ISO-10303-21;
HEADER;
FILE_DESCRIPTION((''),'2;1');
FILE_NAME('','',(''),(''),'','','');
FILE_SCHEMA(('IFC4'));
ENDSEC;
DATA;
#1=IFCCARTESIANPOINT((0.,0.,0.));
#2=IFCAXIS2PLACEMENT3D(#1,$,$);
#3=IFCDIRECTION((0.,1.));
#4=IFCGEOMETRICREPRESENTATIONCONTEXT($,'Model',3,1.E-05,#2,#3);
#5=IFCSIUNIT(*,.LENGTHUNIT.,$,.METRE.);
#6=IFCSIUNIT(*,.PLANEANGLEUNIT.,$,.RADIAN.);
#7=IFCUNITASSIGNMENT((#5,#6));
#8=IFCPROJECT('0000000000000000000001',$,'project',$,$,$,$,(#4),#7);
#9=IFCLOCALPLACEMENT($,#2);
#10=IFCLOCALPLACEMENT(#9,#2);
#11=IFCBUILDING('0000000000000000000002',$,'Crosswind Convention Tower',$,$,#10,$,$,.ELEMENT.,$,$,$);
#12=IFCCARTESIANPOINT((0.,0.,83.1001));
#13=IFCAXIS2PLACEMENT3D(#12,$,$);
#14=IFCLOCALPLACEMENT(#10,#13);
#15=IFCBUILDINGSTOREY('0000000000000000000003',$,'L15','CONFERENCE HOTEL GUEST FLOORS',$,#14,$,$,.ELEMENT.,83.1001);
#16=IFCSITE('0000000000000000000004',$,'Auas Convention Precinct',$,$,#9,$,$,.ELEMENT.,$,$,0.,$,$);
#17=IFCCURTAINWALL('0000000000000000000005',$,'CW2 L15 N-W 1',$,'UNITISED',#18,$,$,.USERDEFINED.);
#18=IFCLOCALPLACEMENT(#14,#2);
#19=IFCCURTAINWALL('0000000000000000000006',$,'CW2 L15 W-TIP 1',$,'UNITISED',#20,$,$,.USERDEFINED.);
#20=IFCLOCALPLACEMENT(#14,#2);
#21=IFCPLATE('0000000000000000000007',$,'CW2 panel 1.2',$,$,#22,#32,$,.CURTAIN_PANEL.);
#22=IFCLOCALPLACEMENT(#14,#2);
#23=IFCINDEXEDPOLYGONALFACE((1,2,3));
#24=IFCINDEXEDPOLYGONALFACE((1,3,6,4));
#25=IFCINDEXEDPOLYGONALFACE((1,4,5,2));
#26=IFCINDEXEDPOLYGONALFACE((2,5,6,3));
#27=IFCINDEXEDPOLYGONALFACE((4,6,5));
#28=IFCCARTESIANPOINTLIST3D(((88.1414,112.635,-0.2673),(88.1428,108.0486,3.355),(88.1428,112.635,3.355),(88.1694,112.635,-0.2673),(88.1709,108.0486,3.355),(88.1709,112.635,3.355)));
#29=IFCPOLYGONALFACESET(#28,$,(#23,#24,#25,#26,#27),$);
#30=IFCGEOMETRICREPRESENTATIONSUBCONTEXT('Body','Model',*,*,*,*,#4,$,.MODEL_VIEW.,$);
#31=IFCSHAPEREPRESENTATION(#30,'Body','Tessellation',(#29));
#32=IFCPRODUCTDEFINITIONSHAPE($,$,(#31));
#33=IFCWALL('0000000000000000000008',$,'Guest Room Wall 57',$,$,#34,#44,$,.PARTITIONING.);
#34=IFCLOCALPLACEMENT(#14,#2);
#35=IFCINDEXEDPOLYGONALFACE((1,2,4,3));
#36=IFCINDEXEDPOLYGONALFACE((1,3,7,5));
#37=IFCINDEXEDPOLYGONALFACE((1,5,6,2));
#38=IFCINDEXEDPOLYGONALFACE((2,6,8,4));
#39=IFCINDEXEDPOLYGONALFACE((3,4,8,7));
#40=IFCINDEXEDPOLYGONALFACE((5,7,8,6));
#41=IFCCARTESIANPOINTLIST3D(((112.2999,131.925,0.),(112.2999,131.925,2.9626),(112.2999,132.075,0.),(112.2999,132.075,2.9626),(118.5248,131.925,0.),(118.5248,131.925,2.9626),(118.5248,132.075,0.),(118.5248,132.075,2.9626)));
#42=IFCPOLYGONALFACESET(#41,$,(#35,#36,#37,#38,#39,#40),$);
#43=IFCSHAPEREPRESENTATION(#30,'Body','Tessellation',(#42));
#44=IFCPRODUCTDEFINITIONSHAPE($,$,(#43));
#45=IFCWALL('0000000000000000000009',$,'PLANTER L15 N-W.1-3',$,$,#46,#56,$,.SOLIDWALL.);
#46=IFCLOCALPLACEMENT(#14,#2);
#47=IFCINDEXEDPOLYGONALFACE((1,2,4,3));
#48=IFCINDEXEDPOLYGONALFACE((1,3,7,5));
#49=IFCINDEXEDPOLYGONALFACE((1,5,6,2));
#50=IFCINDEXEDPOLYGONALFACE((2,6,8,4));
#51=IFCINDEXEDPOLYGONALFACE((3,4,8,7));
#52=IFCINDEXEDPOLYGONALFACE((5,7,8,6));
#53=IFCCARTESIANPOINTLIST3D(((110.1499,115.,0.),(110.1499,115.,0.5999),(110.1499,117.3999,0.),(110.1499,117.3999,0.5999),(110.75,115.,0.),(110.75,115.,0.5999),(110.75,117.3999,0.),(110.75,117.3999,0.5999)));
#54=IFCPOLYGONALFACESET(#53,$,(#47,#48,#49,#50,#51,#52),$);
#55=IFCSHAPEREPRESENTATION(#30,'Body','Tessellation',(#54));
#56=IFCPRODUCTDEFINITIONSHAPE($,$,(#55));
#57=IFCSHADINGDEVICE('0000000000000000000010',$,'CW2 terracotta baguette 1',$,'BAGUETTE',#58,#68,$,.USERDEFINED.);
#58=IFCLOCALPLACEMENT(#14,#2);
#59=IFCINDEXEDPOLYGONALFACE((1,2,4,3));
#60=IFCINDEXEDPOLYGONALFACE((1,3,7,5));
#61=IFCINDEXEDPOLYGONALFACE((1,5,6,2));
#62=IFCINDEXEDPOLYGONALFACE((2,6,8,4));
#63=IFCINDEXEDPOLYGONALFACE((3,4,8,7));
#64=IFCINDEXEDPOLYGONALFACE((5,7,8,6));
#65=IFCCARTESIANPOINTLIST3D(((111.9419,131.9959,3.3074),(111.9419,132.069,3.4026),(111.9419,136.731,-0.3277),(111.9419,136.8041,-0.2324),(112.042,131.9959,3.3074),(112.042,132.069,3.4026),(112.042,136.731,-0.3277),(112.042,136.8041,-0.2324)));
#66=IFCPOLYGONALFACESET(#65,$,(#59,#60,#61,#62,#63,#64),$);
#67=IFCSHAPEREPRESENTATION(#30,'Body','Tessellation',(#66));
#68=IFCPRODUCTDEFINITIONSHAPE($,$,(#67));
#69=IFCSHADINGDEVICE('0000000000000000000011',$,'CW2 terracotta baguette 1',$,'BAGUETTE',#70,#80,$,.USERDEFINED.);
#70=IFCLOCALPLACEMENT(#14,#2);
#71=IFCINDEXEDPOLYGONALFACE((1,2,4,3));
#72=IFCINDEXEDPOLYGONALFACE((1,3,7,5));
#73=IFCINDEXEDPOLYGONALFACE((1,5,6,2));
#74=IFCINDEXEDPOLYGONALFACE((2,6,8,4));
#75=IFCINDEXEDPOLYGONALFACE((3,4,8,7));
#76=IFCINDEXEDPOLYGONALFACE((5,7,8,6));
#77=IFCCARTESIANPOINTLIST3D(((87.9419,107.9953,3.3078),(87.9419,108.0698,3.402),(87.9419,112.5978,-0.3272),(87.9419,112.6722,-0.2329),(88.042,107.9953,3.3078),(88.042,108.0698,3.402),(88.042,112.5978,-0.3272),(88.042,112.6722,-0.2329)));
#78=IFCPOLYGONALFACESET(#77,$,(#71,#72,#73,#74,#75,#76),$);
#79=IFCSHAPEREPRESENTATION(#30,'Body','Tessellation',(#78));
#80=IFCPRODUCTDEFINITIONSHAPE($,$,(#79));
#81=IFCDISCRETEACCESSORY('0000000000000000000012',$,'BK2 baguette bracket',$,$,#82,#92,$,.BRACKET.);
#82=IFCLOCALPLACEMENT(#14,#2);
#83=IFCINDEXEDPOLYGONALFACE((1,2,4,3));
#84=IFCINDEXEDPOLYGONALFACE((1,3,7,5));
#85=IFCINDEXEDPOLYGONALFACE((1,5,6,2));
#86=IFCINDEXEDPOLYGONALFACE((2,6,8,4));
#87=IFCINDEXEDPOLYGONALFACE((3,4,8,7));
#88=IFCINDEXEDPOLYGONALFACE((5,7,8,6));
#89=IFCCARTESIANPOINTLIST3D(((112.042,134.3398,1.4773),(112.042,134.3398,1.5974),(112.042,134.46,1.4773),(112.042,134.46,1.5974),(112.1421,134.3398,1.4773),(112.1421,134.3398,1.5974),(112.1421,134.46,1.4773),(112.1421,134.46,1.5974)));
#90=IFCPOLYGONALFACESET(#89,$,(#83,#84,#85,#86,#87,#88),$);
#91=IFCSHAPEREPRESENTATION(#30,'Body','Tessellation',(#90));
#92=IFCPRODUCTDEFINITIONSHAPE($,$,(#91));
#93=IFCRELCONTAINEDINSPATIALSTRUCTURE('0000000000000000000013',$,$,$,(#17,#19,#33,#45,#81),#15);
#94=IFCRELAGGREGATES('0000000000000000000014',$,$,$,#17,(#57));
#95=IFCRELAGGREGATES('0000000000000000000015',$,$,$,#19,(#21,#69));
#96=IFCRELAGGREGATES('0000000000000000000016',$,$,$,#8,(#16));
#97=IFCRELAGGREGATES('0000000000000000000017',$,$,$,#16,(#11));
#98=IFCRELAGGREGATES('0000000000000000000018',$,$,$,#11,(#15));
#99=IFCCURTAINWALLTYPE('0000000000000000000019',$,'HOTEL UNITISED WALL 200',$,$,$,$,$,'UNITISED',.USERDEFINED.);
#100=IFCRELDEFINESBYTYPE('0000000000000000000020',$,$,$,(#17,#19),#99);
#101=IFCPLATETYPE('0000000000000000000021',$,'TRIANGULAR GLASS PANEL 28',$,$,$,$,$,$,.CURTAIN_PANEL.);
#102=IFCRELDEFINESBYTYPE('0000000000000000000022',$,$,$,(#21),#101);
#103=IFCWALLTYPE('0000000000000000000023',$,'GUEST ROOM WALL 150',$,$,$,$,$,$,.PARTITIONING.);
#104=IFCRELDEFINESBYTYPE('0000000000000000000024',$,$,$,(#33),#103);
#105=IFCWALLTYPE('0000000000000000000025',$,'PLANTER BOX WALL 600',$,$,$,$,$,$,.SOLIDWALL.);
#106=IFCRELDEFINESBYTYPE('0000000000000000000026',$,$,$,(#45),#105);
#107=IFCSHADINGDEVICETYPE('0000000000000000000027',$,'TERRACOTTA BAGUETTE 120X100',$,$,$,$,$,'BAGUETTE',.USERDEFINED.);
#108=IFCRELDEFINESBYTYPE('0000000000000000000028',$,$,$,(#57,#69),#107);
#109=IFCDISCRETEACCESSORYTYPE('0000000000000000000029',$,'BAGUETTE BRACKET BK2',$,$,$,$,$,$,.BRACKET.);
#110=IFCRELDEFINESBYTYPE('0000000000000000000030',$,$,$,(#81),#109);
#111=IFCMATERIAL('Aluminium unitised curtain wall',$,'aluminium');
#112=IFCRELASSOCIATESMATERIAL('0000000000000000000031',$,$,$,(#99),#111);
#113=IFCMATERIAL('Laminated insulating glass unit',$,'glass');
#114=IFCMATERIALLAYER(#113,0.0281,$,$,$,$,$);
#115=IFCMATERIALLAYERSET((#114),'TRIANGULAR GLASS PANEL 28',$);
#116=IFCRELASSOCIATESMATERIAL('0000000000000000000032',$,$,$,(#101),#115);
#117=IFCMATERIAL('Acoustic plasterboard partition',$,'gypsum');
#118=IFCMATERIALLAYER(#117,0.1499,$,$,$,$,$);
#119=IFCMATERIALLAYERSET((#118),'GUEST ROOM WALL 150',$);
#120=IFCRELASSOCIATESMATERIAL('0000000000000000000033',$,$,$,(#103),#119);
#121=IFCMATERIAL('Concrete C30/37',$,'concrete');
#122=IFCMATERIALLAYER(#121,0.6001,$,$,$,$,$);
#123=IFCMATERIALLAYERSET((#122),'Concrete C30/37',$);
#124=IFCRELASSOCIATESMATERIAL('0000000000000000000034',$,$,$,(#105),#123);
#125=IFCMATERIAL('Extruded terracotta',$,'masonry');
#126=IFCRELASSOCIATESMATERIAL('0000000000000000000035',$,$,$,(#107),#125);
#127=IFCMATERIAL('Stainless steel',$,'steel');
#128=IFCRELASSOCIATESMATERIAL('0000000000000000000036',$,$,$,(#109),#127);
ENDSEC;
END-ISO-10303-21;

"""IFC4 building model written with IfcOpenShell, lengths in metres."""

from ifc_helpers import new_model, si_unit, direction, frame, frame_2d, origin, origin_2d, place, context, subcontext, project, spatial, polyline, rectangle, outline, extrude, material, layer, layer_set, material_profile, profile_set, type_object, element, aggregate, save


model = new_model("IFC4")

# Units and contexts
model_context = context("Model", 3, precision=1e-05, world=origin(), true_north=direction((0.0, 1.0)))
body_context = subcontext(model_context, "Body", "Model", "MODEL_VIEW")
ifc_project = project(units=[si_unit("LENGTHUNIT", "METRE"), si_unit("PLANEANGLEUNIT", "RADIAN")], contexts=[model_context])

# Site, building, storey
site_placement = place(None, origin())
site = spatial("IfcSite", under=ifc_project, at=site_placement, Name="Auas Convention Precinct", CompositionType="ELEMENT", RefElevation=0.0)
building_placement = place(site_placement, origin())
building = spatial("IfcBuilding", under=site, at=building_placement, Name="Crosswind Convention Tower", CompositionType="ELEMENT")
storey_placement = place(building_placement, frame((0.0, 0.0, 83.1001)))
storey = spatial("IfcBuildingStorey", under=building, at=storey_placement, Name="L15", Description="CONFERENCE HOTEL GUEST FLOORS", CompositionType="ELEMENT", Elevation=83.1001)

# Shared definitions
ifc_material_1 = material(Name="Aluminium unitised curtain wall", Category="aluminium")

# Shared definitions
curtain_wall_type_1 = type_object("IfcCurtainWallType", Name="HOTEL UNITISED WALL 200", ElementType="UNITISED", PredefinedType="USERDEFINED", material=ifc_material_1)

# Curtain wall
curtain_wall_1_placement = place(storey_placement, origin())
curtain_wall_1 = element("IfcCurtainWall", 1, at=curtain_wall_1_placement, inside=storey, type_object=curtain_wall_type_1, Name="CW2 L15 N-W 1", ObjectType="UNITISED", PredefinedType="USERDEFINED")

# Curtain wall
curtain_wall_2_placement = place(storey_placement, origin())
curtain_wall_2 = element("IfcCurtainWall", 2, at=curtain_wall_2_placement, inside=storey, type_object=curtain_wall_type_1, Name="CW2 L15 W-TIP 1", ObjectType="UNITISED", PredefinedType="USERDEFINED")

# Plate
ifc_material_2 = material(Name="Laminated insulating glass unit", Category="glass")
ifc_layer_1 = layer(ifc_material_2, 0.0281)
ifc_layer_set_1 = layer_set([ifc_layer_1], Name="TRIANGULAR GLASS PANEL 28")
plate_type_1 = type_object("IfcPlateType", Name="TRIANGULAR GLASS PANEL 28", PredefinedType="CURTAIN_PANEL", material=ifc_layer_set_1)
plate_1_placement = place(storey_placement, frame((88.1428, 112.635, 3.355), z_axis=(-1.0, 0.0, 0.000404), x_axis=(-0.000404, 0.0, -1.0)))
plate_1 = element("IfcPlate", 3, at=plate_1_placement, type_object=plate_type_1, Name="CW2 panel 1.2", PredefinedType="CURTAIN_PANEL", context=body_context, shape_type="SweptSolid", body=[
    extrude(outline(polyline([(0.0, 0.0), (3.6223, 0.0), (0.0, 4.5864), (0.0, 0.0)])), origin(), (0.0, 0.0, -1.0), 0.0281),
])

# Walls
ifc_material_3 = material(Name="Acoustic plasterboard partition", Category="gypsum")
ifc_layer_2 = layer(ifc_material_3, 0.1499)
ifc_layer_set_2 = layer_set([ifc_layer_2], Name="GUEST ROOM WALL 150")
wall_type_1 = type_object("IfcWallType", Name="GUEST ROOM WALL 150", PredefinedType="PARTITIONING", material=ifc_layer_set_2)
wall_1_placement = place(storey_placement, frame((112.3, 132.0, 0.0), z_axis=(0.0, 0.0, 1.0), x_axis=(1.0, 0.0, 0.0)))
element("IfcWall", 4, at=wall_1_placement, inside=storey, type_object=wall_type_1, Name="Guest Room Wall 57", PredefinedType="PARTITIONING", context=body_context, shape_type="SweptSolid", body=[
    extrude(rectangle(XDim=6.2249, YDim=0.1499, at=frame_2d((3.1123, 0.0))), origin(), (0.0, 0.0, 1.0), 2.9626),
])
ifc_material_4 = material(Name="Concrete C30/37", Category="concrete")
ifc_layer_3 = layer(ifc_material_4, 0.6001)
ifc_layer_set_3 = layer_set([ifc_layer_3], Name="Concrete C30/37")
wall_type_2 = type_object("IfcWallType", Name="PLANTER BOX WALL 600", PredefinedType="SOLIDWALL", material=ifc_layer_set_3)
wall_2_placement = place(storey_placement, frame((110.45, 117.3999, 0.0), z_axis=(0.0, 0.0, 1.0), x_axis=(0.0, -1.0, 0.0)))
element("IfcWall", 5, at=wall_2_placement, inside=storey, type_object=wall_type_2, Name="PLANTER L15 N-W.1-3", PredefinedType="SOLIDWALL", context=body_context, shape_type="SweptSolid", body=[
    extrude(rectangle(XDim=2.3999, YDim=0.6001, at=frame_2d((1.2, 0.0))), origin(), (0.0, 0.0, 1.0), 0.5999),
])

# Shading devices
ifc_material_5 = material(Name="Extruded terracotta", Category="masonry")
ifc_material_profile_1 = material_profile(ifc_material_5, rectangle(XDim=0.1001, YDim=0.1201, at=origin_2d()), Name="TC 100X120")
ifc_profile_set_1 = profile_set([ifc_material_profile_1], Name="Extruded terracotta")
shading_device_type = type_object("IfcShadingDeviceType", Name="TERRACOTTA BAGUETTE 120X100", ElementType="BAGUETTE", PredefinedType="USERDEFINED", material=ifc_profile_set_1)
shading_device_1_placement = place(storey_placement, frame((111.9919, 136.7676, -0.28), z_axis=(0.0, -0.793221, 0.608934), x_axis=(1.0, 0.0, 0.0)))
shading_device_1 = element("IfcShadingDevice", 6, at=shading_device_1_placement, type_object=shading_device_type, Name="CW2 terracotta baguette 1", ObjectType="BAGUETTE", PredefinedType="USERDEFINED", context=body_context, shape_type="SweptSolid", body=[
    extrude(rectangle(XDim=0.1001, YDim=0.1201, at=origin_2d()), origin(), (0.0, 0.0, 1.0), 5.9695),
])
aggregate(curtain_wall_1, [shading_device_1])
shading_device_2_placement = place(storey_placement, frame((87.9919, 112.635, -0.28), z_axis=(0.0, -0.784764, 0.619794), x_axis=(1.0, 0.0, 0.0)))
shading_device_2 = element("IfcShadingDevice", 7, at=shading_device_2_placement, type_object=shading_device_type, Name="CW2 terracotta baguette 1", ObjectType="BAGUETTE", PredefinedType="USERDEFINED", context=body_context, shape_type="SweptSolid", body=[
    extrude(rectangle(XDim=0.1001, YDim=0.1201, at=origin_2d()), origin(), (0.0, 0.0, 1.0), 5.8647),
])
aggregate(curtain_wall_2, [plate_1, shading_device_2])

# Discrete accessory
ifc_material_6 = material(Name="Stainless steel", Category="steel")
discrete_accessory_type = type_object("IfcDiscreteAccessoryType", Name="BAGUETTE BRACKET BK2", PredefinedType="BRACKET", material=ifc_material_6)
discrete_accessory_placement = place(storey_placement, frame((112.092, 134.3999, 1.4773), z_axis=(0.0, 0.0, 1.0), x_axis=(0.0, -1.0, 0.0)))
element("IfcDiscreteAccessory", 8, at=discrete_accessory_placement, inside=storey, type_object=discrete_accessory_type, Name="BK2 baguette bracket", PredefinedType="BRACKET", context=body_context, shape_type="SweptSolid", body=[
    extrude(rectangle(XDim=0.1201, YDim=0.1001, at=origin_2d()), origin(), (0.0, 0.0, 1.0), 0.1201),
])

save(model, "model.ifc")
